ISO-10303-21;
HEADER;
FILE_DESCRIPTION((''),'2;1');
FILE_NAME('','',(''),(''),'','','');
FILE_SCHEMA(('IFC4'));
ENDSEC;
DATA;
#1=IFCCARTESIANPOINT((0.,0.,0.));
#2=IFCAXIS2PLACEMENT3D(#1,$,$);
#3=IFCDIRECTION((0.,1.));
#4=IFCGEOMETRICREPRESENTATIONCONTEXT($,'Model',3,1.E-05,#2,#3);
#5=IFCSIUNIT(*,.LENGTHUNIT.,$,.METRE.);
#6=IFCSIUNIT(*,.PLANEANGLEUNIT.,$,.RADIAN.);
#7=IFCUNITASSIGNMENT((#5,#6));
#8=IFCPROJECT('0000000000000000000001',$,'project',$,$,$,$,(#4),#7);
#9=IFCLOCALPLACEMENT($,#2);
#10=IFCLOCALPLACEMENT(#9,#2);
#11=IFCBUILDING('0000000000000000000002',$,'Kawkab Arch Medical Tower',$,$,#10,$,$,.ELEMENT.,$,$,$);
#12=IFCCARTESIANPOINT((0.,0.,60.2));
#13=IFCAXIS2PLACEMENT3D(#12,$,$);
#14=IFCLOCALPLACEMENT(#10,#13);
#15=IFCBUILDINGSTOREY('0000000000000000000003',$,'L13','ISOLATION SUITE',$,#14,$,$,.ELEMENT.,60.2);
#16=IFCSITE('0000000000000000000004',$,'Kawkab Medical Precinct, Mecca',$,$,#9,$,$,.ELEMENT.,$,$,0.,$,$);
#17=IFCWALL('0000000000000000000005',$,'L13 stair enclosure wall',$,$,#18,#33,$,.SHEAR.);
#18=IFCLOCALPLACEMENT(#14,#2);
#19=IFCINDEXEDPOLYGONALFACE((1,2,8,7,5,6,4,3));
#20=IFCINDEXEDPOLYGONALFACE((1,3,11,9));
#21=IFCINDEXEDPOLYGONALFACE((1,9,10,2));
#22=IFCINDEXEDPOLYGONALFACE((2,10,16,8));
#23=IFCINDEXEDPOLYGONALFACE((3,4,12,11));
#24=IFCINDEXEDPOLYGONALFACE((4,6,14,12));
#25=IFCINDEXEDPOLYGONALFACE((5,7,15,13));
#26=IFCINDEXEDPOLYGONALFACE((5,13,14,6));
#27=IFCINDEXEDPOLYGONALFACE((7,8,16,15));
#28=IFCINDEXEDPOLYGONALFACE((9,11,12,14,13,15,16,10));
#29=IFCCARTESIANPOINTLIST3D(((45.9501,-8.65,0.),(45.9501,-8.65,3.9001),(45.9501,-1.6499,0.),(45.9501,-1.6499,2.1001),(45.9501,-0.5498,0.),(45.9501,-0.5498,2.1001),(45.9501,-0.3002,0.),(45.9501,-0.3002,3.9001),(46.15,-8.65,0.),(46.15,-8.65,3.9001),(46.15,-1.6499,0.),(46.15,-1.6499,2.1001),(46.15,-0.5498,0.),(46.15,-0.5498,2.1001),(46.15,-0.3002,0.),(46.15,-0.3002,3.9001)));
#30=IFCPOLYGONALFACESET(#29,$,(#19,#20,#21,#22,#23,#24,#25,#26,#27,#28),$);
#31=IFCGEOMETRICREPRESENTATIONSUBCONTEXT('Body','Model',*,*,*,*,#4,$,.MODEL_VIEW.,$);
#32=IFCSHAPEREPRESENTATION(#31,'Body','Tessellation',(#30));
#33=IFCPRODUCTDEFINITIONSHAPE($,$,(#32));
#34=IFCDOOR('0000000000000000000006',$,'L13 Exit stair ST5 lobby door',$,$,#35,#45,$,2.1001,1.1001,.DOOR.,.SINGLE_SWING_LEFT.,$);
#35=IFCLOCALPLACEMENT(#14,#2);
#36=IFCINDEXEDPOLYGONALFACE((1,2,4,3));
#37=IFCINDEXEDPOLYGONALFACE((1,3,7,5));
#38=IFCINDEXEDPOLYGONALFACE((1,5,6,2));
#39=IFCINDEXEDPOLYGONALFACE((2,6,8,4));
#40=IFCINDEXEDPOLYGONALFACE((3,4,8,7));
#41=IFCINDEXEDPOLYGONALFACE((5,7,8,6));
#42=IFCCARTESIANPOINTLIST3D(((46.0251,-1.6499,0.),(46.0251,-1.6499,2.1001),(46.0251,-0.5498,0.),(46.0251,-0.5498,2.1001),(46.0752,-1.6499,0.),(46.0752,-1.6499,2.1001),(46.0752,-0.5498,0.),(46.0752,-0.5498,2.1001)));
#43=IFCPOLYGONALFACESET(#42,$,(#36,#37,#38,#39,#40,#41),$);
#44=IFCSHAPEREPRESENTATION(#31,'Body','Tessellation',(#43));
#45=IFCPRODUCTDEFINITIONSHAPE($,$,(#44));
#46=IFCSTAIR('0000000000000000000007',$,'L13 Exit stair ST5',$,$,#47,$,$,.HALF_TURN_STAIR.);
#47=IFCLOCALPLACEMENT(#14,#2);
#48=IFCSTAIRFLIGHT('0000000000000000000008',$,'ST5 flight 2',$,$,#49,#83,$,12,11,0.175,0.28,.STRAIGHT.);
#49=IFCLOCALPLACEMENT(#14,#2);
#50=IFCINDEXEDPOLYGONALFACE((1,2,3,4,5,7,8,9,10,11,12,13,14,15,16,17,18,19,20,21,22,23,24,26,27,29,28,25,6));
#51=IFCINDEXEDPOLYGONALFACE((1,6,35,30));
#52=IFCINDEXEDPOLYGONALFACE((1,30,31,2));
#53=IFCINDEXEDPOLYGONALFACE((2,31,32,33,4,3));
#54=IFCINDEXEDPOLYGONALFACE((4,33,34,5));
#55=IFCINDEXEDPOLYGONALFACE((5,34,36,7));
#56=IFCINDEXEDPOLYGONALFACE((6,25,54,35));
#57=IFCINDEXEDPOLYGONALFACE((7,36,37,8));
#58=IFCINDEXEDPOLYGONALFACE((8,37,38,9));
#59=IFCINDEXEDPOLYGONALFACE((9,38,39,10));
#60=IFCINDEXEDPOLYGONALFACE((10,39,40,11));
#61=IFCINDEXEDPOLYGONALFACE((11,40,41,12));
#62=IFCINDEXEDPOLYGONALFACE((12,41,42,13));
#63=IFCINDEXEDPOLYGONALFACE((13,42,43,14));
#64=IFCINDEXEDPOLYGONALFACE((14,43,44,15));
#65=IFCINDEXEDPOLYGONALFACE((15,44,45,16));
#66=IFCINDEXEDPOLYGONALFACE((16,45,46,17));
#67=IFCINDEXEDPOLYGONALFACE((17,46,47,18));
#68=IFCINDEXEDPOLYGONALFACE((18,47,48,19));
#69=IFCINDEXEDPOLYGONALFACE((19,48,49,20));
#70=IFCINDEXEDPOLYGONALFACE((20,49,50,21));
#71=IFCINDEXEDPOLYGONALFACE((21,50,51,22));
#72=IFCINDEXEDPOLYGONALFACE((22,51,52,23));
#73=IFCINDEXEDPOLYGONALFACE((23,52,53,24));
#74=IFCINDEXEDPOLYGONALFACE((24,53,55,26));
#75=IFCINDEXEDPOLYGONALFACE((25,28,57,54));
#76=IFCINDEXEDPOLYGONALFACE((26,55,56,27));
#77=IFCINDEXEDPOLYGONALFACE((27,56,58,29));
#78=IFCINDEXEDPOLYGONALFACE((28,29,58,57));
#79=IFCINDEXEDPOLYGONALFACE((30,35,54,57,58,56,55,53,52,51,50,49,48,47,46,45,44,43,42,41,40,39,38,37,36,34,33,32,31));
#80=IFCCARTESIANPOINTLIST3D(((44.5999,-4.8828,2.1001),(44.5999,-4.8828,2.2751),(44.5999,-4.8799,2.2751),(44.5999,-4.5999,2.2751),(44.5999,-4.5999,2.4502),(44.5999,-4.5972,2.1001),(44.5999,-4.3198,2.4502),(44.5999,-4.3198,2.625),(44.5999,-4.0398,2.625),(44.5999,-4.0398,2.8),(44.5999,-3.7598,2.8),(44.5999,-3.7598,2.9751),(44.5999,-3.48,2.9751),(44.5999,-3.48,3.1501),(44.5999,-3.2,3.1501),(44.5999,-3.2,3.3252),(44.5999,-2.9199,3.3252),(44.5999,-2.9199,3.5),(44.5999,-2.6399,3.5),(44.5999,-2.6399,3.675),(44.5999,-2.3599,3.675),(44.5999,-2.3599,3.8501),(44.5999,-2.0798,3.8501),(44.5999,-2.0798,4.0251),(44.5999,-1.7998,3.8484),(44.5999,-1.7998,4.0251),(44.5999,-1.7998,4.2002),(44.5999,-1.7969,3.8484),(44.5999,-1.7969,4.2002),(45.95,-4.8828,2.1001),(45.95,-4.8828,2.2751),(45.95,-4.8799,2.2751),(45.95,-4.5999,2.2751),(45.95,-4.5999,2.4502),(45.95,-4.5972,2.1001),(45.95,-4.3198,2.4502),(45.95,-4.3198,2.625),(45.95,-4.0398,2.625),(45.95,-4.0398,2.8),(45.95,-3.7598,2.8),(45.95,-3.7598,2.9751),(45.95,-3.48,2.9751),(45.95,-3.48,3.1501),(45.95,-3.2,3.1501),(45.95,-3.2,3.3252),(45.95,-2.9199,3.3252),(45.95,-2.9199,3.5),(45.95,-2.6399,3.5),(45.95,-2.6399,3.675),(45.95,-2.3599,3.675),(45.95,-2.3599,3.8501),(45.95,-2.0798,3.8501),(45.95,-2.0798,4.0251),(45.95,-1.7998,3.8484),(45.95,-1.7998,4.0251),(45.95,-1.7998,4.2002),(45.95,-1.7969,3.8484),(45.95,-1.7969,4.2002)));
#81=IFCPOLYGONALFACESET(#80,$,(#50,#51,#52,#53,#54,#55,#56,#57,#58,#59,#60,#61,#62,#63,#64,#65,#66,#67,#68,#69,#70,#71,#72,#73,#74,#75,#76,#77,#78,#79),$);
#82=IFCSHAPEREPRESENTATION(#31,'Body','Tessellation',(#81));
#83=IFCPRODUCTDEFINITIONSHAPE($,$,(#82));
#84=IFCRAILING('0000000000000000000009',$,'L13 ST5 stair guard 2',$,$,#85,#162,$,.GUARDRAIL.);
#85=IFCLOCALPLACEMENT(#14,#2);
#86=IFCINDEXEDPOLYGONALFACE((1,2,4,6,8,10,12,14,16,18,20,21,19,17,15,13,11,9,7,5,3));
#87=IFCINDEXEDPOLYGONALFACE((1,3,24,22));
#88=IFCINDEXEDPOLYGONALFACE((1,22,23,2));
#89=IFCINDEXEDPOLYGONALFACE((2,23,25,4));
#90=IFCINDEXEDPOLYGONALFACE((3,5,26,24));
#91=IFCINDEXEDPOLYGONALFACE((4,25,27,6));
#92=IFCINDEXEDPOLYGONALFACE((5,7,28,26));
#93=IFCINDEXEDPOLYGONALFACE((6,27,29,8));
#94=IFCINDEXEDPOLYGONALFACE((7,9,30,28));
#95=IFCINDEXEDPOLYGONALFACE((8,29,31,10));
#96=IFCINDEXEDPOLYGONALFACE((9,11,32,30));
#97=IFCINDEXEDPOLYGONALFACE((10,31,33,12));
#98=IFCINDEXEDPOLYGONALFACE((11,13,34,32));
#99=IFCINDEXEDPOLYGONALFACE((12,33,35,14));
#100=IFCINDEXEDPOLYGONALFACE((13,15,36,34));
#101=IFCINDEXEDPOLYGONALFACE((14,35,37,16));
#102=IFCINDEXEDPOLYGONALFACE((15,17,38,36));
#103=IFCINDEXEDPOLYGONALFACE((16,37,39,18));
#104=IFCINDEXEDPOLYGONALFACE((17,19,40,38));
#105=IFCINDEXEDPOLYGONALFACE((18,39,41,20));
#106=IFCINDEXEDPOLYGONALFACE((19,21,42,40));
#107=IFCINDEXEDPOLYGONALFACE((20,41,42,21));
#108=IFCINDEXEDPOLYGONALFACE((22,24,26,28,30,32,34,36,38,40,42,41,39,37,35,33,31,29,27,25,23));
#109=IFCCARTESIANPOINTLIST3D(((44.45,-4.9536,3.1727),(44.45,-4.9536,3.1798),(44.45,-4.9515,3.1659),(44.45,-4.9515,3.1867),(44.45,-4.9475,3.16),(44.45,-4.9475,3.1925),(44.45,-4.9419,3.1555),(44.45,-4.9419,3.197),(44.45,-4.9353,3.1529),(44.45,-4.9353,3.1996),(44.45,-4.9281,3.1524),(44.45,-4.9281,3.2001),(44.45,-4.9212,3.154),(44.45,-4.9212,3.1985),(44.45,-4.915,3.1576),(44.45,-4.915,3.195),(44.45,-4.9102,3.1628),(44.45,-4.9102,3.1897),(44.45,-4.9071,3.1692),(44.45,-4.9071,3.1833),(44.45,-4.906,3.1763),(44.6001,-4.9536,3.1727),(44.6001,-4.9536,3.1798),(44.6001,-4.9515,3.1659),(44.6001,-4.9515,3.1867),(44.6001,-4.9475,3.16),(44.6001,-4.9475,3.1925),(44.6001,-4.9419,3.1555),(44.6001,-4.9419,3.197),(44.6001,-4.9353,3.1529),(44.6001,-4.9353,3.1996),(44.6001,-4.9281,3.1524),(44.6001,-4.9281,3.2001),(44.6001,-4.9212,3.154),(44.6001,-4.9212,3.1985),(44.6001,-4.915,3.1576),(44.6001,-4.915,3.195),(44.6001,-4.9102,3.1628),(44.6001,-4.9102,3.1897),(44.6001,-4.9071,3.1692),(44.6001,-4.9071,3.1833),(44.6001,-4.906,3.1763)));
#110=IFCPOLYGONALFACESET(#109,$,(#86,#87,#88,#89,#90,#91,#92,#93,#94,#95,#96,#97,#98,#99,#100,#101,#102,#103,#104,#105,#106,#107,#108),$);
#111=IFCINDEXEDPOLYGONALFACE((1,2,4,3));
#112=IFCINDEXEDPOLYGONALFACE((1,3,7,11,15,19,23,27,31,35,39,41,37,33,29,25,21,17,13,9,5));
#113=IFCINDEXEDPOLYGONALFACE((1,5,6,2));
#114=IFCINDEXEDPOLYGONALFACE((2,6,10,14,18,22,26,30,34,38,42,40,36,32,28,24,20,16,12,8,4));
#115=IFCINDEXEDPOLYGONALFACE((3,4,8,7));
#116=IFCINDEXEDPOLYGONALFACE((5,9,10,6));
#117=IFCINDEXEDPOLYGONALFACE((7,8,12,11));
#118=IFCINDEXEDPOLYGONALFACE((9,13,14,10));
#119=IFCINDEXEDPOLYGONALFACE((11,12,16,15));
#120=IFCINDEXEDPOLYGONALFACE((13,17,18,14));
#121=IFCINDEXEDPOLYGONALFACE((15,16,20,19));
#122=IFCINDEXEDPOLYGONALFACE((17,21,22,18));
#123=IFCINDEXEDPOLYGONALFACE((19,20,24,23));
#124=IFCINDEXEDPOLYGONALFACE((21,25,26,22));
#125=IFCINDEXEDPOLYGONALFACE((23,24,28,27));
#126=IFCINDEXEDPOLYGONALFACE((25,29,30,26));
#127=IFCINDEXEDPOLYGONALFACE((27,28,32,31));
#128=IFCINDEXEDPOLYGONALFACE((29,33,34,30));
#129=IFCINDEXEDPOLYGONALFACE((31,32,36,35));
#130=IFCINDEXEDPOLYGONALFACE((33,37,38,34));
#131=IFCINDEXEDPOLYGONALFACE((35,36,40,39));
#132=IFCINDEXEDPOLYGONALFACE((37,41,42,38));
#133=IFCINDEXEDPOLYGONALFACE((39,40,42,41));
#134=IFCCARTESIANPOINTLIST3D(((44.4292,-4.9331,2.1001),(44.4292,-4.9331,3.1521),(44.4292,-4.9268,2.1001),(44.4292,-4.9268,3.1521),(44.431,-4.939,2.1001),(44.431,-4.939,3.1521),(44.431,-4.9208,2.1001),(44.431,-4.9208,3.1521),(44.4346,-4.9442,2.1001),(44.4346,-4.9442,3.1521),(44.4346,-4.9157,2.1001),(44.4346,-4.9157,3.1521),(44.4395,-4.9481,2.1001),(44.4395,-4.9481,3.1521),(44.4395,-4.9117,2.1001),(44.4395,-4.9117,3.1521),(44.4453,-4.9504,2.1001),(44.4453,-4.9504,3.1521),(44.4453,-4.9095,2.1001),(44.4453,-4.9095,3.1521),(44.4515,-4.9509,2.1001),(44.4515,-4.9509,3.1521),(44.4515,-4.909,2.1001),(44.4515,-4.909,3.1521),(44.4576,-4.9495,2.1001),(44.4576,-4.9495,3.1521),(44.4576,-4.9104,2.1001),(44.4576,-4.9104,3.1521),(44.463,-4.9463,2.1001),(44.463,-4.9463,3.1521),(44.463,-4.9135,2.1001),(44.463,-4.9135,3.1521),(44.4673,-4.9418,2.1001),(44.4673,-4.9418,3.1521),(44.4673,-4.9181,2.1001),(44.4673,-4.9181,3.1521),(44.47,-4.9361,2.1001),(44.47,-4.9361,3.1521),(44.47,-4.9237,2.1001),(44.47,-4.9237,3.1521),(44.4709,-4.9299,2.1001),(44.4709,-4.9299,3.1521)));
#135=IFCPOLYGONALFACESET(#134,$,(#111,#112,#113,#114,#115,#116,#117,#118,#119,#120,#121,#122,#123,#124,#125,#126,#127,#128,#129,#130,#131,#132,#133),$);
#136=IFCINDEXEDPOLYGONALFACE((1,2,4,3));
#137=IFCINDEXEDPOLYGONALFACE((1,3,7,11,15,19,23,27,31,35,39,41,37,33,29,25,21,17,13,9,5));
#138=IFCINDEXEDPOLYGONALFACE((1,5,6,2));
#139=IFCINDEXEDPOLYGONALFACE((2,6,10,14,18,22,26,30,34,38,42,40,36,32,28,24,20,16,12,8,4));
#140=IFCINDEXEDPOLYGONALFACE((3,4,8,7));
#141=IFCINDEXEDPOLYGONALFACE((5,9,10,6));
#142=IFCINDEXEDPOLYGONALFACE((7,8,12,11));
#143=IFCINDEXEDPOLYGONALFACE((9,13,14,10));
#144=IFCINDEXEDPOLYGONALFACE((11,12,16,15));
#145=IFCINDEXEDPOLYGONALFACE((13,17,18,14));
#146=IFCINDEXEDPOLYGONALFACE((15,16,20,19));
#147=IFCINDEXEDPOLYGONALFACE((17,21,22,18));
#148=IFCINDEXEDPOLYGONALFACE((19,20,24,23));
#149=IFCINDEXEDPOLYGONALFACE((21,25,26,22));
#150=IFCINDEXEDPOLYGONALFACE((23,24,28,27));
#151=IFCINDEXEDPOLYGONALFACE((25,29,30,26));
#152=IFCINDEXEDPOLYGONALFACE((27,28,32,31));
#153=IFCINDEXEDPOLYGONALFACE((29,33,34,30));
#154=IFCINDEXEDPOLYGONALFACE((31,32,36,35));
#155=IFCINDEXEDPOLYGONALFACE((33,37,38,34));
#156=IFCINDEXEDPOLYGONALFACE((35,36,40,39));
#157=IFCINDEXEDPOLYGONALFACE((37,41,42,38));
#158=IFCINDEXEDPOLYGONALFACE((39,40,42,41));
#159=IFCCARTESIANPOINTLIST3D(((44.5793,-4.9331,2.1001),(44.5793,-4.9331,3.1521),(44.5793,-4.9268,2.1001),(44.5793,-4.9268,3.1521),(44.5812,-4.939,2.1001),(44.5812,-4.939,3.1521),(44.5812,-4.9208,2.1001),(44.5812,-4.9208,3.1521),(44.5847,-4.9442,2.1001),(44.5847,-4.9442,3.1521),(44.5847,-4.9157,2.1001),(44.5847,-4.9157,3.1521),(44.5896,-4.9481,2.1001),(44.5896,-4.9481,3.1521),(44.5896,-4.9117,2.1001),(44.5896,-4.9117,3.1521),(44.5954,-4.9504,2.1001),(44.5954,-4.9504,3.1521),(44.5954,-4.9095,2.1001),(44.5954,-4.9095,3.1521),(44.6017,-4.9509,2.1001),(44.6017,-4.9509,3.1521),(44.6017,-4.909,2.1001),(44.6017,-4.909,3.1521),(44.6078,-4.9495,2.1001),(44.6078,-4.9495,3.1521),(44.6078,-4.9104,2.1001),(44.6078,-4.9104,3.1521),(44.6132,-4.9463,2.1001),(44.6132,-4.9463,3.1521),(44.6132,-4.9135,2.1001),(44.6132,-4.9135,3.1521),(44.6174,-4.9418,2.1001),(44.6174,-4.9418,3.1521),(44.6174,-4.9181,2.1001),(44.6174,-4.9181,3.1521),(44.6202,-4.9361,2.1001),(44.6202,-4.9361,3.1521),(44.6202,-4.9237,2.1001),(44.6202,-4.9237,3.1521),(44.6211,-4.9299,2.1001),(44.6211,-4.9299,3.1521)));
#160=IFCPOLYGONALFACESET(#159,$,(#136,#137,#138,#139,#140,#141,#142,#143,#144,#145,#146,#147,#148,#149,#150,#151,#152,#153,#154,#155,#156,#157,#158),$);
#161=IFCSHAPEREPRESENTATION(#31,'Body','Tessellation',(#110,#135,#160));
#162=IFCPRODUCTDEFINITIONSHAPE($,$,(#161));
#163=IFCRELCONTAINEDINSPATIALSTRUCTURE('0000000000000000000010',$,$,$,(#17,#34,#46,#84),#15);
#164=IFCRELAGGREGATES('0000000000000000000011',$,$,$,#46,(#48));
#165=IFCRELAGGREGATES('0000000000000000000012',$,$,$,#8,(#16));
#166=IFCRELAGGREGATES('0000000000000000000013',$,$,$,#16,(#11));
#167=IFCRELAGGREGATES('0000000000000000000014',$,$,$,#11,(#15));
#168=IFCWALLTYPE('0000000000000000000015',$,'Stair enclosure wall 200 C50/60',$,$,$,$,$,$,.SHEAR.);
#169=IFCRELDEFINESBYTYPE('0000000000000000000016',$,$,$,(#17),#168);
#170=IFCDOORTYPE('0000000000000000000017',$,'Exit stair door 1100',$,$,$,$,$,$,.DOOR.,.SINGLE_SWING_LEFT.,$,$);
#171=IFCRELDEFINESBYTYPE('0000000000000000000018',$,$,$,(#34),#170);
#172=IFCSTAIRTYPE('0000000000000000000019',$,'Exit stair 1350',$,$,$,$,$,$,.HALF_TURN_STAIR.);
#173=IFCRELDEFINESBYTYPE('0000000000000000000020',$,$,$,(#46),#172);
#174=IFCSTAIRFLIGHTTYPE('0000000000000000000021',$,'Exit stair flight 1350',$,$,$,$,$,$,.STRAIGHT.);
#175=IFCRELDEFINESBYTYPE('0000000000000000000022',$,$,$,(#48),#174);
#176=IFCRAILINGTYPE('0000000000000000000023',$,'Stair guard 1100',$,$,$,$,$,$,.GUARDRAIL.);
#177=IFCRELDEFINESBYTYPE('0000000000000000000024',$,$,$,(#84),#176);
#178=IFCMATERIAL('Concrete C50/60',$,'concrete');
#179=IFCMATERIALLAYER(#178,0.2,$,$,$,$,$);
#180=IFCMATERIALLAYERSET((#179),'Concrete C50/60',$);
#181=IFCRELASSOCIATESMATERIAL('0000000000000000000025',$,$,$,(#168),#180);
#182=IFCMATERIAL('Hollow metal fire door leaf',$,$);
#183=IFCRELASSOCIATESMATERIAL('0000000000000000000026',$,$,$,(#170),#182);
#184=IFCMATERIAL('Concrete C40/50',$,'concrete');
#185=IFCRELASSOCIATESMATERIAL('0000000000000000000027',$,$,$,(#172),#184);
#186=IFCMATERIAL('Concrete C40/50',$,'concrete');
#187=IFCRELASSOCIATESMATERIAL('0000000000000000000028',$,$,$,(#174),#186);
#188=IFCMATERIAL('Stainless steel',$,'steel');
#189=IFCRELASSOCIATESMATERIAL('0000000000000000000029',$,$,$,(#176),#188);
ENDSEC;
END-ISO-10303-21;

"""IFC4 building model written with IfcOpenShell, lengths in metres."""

from ifc_helpers import new_model, si_unit, direction, frame, frame_2d, origin, origin_2d, place, context, subcontext, project, spatial, polyline, rectangle, circle, outline, extrude, material, layer, layer_set, type_object, element, fill, aggregate, save


model = new_model("IFC4")

# Units and contexts
model_context = context("Model", 3, precision=1e-05, world=origin(), true_north=direction((0.0, 1.0)))
body_context = subcontext(model_context, "Body", "Model", "MODEL_VIEW")
ifc_project = project(units=[si_unit("LENGTHUNIT", "METRE"), si_unit("PLANEANGLEUNIT", "RADIAN")], contexts=[model_context])

# Site, building, storey
site_placement = place(None, origin())
site = spatial("IfcSite", under=ifc_project, at=site_placement, Name="Kawkab Medical Precinct, Mecca", CompositionType="ELEMENT", RefElevation=0.0)
building_placement = place(site_placement, origin())
building = spatial("IfcBuilding", under=site, at=building_placement, Name="Kawkab Arch Medical Tower", CompositionType="ELEMENT")
storey_placement = place(building_placement, frame((0.0, 0.0, 60.2)))
storey = spatial("IfcBuildingStorey", under=building, at=storey_placement, Name="L13", Description="ISOLATION SUITE", CompositionType="ELEMENT", Elevation=60.2)

# Wall, opening, door
ifc_material_1 = material(Name="Concrete C50/60", Category="concrete")
ifc_layer_1 = layer(ifc_material_1, 0.2)
ifc_layer_set_1 = layer_set([ifc_layer_1], Name="Concrete C50/60")
wall_type_1 = type_object("IfcWallType", Name="Stair enclosure wall 200 C50/60", PredefinedType="SHEAR", material=ifc_layer_set_1)
ifc_material_2 = material(Name="Hollow metal fire door leaf")
door_type_1 = type_object("IfcDoorType", Name="Exit stair door 1100", OperationType="SINGLE_SWING_LEFT", PredefinedType="DOOR", material=ifc_material_2)
wall_1_placement = place(storey_placement, frame((46.05, -8.6499, 0.0), z_axis=(0.0, 0.0, 1.0), x_axis=(0.0, 1.0, 0.0)))
wall_1 = element("IfcWall", 1, at=wall_1_placement, inside=storey, type_object=wall_type_1, Name="L13 stair enclosure wall", PredefinedType="SHEAR", context=body_context, shape_type="SweptSolid", body=[
    extrude(rectangle(XDim=8.3499, YDim=0.2, at=frame_2d((4.1748, 0.0))), origin(), (0.0, 0.0, 1.0), 3.9001),
])
opening_1_placement = place(wall_1_placement, frame((7.0, 0.0, 0.0)))
opening_1 = element("IfcOpeningElement", 2, at=opening_1_placement, cuts=wall_1, PredefinedType="OPENING", context=body_context, shape_type="SweptSolid", body=[
    extrude(rectangle(XDim=1.1001, YDim=2.1001, at=frame_2d((0.55, 1.05))), frame((0.0, 0.1099, 0.0), z_axis=(0.0, -1.0, 0.0), x_axis=(1.0, 0.0, 0.0)), (0.0, 0.0, 1.0), 0.22),
])
door_1_placement = place(opening_1_placement, origin())
door_1 = element("IfcDoor", 3, at=door_1_placement, inside=storey, type_object=door_type_1, Name="L13 Exit stair ST5 lobby door", OperationType="SINGLE_SWING_LEFT", OverallHeight=2.1001, OverallWidth=1.1001, PredefinedType="DOOR", context=body_context, shape_type="SweptSolid", body=[
    extrude(rectangle(XDim=1.1001, YDim=2.1001, at=frame_2d((0.55, 1.05))), frame((0.0, 0.0249, 0.0), z_axis=(0.0, -1.0, 0.0), x_axis=(1.0, 0.0, 0.0)), (0.0, 0.0, 1.0), 0.05),
])
fill(opening_1, door_1)

# Stair, stair flight
ifc_material_3 = material(Name="Concrete C40/50", Category="concrete")
stair_type = type_object("IfcStairType", Name="Exit stair 1350", PredefinedType="HALF_TURN_STAIR", material=ifc_material_3)
stair_placement = place(storey_placement, origin())
stair = element("IfcStair", 4, at=stair_placement, inside=storey, type_object=stair_type, Name="L13 Exit stair ST5", PredefinedType="HALF_TURN_STAIR")
ifc_material_4 = material(Name="Concrete C40/50", Category="concrete")
stair_flight_type = type_object("IfcStairFlightType", Name="Exit stair flight 1350", PredefinedType="STRAIGHT", material=ifc_material_4)
stair_flight_placement = place(storey_placement, frame((45.2749, -4.8799, 2.1001), z_axis=(0.0, 0.0, 1.0), x_axis=(0.0, 1.0, 0.0)))
stair_flight = element("IfcStairFlight", 5, at=stair_flight_placement, type_object=stair_flight_type, Name="ST5 flight 2", NumberOfRisers=12, NumberOfTreads=11, PredefinedType="STRAIGHT", RiserHeight=0.175, TreadLength=0.28, context=body_context, shape_type="SweptSolid", body=[
    extrude(outline(polyline([(-0.0029, 0.0), (-0.0029, 0.175), (0.0, 0.175), (0.28, 0.175), (0.28, 0.3501), (0.5601, 0.3501), (0.5601, 0.5249), (0.8401, 0.5249), (0.8401, 0.7), (1.1201, 0.7), (1.1201, 0.875), (1.3999, 0.875), (1.3999, 1.05), (1.6799, 1.05), (1.6799, 1.2251), (1.96, 1.2251), (1.96, 1.3999), (2.24, 1.3999), (2.24, 1.575), (2.52, 1.575), (2.52, 1.75), (2.8, 1.75), (2.8, 1.925), (3.0801, 1.925), (3.0801, 2.1001), (3.083, 2.1001), (3.083, 1.7483), (3.0801, 1.7483), (0.2827, 0.0), (-0.0029, 0.0)])), frame((0.0, 0.675, 0.0), z_axis=(0.0, -1.0, 0.0), x_axis=(1.0, 0.0, 0.0)), (0.0, 0.0, 1.0), 1.3501),
])
aggregate(stair, [stair_flight])

# Railing
ifc_material_5 = material(Name="Stainless steel", Category="steel")
railing_type = type_object("IfcRailingType", Name="Stair guard 1100", PredefinedType="GUARDRAIL", material=ifc_material_5)
railing_1_placement = place(storey_placement, frame((44.45, -4.9299, 2.1001)))
element("IfcRailing", 6, at=railing_1_placement, inside=storey, type_object=railing_type, Name="L13 ST5 stair guard 2", PredefinedType="GUARDRAIL", context=body_context, shape_type="SweptSolid", body=[
    extrude(circle(Radius=0.0239, at=origin_2d()), frame((0.0, 0.0, 1.0762), z_axis=(1.0, 0.0, 0.0), x_axis=(0.0, 1.0, 0.0)), (0.0, 0.0, 1.0), 0.1501),
    extrude(circle(Radius=0.021, at=origin_2d()), origin(), (0.0, 0.0, 1.0), 1.052),
    extrude(circle(Radius=0.021, at=origin_2d()), frame((0.1501, 0.0, 0.0)), (0.0, 0.0, 1.0), 1.052),
])

save(model, "model.ifc")
